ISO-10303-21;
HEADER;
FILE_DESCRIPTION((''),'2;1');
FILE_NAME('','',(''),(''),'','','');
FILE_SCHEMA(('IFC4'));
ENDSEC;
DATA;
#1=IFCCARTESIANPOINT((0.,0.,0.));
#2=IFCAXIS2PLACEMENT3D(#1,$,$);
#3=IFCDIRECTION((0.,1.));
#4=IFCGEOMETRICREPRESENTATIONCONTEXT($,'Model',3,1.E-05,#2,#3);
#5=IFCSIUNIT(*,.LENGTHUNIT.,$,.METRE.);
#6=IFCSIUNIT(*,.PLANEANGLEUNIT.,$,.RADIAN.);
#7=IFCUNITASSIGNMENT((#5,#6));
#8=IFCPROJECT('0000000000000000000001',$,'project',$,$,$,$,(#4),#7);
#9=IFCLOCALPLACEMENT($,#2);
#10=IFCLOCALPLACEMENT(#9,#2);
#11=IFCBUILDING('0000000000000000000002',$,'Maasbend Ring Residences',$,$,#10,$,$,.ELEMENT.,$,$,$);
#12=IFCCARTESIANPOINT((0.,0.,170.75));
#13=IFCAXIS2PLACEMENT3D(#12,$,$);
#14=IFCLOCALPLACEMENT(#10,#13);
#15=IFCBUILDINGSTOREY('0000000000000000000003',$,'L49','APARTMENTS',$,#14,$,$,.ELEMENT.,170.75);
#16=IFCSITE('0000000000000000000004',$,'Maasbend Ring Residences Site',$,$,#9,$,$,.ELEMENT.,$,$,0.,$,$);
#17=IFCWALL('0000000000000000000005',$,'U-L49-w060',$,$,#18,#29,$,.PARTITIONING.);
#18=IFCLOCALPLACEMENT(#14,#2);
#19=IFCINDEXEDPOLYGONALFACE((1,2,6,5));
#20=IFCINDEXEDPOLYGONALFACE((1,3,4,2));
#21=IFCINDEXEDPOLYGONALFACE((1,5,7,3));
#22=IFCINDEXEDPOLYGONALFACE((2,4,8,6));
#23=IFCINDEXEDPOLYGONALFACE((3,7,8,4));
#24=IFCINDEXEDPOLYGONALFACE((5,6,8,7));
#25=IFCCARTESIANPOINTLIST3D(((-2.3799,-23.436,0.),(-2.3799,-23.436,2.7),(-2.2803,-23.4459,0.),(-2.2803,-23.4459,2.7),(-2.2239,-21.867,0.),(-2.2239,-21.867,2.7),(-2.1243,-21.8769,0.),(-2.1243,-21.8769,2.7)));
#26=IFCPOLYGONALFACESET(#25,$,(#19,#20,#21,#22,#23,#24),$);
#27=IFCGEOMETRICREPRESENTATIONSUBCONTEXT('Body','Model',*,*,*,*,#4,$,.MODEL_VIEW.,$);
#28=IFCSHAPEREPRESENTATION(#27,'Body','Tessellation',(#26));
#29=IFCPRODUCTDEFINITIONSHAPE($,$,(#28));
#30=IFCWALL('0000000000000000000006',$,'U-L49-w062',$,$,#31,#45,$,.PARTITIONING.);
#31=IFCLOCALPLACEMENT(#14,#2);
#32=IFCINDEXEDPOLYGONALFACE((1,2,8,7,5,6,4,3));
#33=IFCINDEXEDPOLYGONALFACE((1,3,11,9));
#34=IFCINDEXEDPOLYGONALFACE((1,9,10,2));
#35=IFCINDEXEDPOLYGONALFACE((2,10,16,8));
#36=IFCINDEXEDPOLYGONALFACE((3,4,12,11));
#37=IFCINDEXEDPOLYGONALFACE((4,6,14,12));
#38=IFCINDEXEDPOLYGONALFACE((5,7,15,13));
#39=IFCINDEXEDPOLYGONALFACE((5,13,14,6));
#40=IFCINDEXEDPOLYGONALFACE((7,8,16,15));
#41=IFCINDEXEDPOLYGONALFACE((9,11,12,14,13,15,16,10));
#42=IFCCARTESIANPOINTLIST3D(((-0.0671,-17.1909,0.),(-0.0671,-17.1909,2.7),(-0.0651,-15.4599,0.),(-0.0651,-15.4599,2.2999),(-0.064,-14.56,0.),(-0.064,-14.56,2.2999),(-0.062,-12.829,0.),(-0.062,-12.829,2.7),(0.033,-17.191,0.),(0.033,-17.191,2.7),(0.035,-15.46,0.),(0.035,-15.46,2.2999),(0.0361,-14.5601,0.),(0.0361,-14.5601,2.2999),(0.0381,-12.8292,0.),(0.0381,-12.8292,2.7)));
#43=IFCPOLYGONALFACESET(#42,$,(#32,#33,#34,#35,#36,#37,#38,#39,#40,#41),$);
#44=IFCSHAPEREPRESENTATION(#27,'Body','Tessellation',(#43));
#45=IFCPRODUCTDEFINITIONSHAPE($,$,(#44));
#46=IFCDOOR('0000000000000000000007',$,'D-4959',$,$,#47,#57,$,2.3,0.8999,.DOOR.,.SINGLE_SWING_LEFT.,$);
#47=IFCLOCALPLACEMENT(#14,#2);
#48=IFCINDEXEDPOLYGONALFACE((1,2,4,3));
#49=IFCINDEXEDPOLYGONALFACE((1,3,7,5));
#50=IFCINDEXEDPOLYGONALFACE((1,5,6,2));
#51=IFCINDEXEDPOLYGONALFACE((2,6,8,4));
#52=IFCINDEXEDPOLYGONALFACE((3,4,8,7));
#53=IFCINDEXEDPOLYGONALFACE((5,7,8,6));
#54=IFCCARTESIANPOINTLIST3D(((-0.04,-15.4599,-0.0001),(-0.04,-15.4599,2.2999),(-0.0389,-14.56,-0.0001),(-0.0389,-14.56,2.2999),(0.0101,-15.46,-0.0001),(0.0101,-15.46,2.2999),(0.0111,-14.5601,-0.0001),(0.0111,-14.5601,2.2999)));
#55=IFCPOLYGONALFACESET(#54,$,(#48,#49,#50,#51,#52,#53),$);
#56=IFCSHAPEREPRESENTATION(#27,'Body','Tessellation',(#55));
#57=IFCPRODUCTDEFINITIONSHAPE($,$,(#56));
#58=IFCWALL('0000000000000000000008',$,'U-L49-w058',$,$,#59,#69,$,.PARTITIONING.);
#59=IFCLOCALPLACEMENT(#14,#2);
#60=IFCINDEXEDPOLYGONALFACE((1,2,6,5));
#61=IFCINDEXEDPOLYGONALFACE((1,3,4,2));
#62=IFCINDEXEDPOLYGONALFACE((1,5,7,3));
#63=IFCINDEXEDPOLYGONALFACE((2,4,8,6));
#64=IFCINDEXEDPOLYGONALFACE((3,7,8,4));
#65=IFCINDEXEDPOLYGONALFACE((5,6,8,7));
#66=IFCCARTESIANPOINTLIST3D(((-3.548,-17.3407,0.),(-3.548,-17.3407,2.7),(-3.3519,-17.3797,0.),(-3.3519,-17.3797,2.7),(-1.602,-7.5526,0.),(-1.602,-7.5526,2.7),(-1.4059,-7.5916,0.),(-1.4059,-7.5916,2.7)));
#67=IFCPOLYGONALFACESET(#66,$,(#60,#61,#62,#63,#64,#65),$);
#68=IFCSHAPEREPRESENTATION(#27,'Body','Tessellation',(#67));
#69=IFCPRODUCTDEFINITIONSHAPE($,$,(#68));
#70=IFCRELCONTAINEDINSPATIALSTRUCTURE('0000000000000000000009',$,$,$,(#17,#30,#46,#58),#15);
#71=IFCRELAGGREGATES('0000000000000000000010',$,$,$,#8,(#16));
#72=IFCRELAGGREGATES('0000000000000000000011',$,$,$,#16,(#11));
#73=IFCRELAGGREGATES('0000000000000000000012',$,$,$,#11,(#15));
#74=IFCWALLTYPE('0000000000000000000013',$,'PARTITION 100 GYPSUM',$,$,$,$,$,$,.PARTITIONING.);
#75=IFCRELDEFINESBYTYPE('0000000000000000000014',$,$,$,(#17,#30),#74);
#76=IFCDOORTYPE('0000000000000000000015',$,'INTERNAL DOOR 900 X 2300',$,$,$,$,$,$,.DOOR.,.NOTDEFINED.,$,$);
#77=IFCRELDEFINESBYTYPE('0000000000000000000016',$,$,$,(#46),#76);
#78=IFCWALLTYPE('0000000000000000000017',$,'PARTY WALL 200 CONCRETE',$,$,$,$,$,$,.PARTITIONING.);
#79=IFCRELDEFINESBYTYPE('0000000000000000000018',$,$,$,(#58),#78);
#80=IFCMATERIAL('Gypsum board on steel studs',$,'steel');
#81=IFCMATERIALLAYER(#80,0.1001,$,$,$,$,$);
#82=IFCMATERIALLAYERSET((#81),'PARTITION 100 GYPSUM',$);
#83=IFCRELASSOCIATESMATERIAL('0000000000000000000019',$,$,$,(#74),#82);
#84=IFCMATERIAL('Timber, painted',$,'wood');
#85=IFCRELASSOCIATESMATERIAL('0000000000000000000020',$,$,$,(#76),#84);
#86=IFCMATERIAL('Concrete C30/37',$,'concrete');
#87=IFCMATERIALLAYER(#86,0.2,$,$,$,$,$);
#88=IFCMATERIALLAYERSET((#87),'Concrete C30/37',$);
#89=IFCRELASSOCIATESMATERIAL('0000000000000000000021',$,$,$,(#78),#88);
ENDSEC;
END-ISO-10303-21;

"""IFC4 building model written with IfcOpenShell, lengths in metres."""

from ifc_helpers import new_model, si_unit, direction, frame, frame_2d, origin, place, context, subcontext, project, spatial, rectangle, extrude, material, layer, layer_set, type_object, element, fill, save


model = new_model("IFC4")

# Units and contexts
model_context = context("Model", 3, precision=1e-05, world=origin(), true_north=direction((0.0, 1.0)))
body_context = subcontext(model_context, "Body", "Model", "MODEL_VIEW")
ifc_project = project(units=[si_unit("LENGTHUNIT", "METRE"), si_unit("PLANEANGLEUNIT", "RADIAN")], contexts=[model_context])

# Site, building, storey
site_placement = place(None, origin())
site = spatial("IfcSite", under=ifc_project, at=site_placement, Name="Maasbend Ring Residences Site", CompositionType="ELEMENT", RefElevation=0.0)
building_placement = place(site_placement, origin())
building = spatial("IfcBuilding", under=site, at=building_placement, Name="Maasbend Ring Residences", CompositionType="ELEMENT")
storey_placement = place(building_placement, frame((0.0, 0.0, 170.75)))
storey = spatial("IfcBuildingStorey", under=building, at=storey_placement, Name="L49", Description="APARTMENTS", CompositionType="ELEMENT", Elevation=170.75)

# Shared definitions
ifc_material_1 = material(Name="Gypsum board on steel studs", Category="steel")
ifc_layer_1 = layer(ifc_material_1, 0.1001)
ifc_layer_set_1 = layer_set([ifc_layer_1], Name="PARTITION 100 GYPSUM")
wall_type_1 = type_object("IfcWallType", Name="PARTITION 100 GYPSUM", PredefinedType="PARTITIONING", material=ifc_layer_set_1)
ifc_material_2 = material(Name="Timber, painted", Category="wood")
door_type_1 = type_object("IfcDoorType", Name="INTERNAL DOOR 900 X 2300", OperationType="NOTDEFINED", PredefinedType="DOOR", material=ifc_material_2)

# Wall
wall_1_placement = place(storey_placement, frame((-2.3301, -23.4409, 0.0), z_axis=(0.0, 0.0, 1.0), x_axis=(0.098952, 0.995092, 0.0)))
element("IfcWall", 1, at=wall_1_placement, inside=storey, type_object=wall_type_1, Name="U-L49-w060", PredefinedType="PARTITIONING", context=body_context, shape_type="SweptSolid", body=[
    extrude(rectangle(XDim=1.5767, YDim=0.1001, at=frame_2d((0.7883, 0.0))), origin(), (0.0, 0.0, 1.0), 2.7),
])

# Wall, opening, door
wall_2_placement = place(storey_placement, frame((-0.0171, -17.1909, 0.0), z_axis=(0.0, 0.0, 1.0), x_axis=(0.001175, 0.999999, 0.0)))
wall_2 = element("IfcWall", 2, at=wall_2_placement, inside=storey, type_object=wall_type_1, Name="U-L49-w062", PredefinedType="PARTITIONING", context=body_context, shape_type="SweptSolid", body=[
    extrude(rectangle(XDim=4.3618, YDim=0.1001, at=frame_2d((2.1809, 0.0))), origin(), (0.0, 0.0, 1.0), 2.7),
])
opening_1_placement = place(wall_2_placement, frame((1.731, 0.0, 0.0)))
opening_1 = element("IfcOpeningElement", 3, at=opening_1_placement, cuts=wall_2, PredefinedType="OPENING", context=body_context, shape_type="SweptSolid", body=[
    extrude(rectangle(XDim=0.8999, YDim=2.3, at=frame_2d((0.45, 1.1499))), frame((0.0, 0.0601, 0.0), z_axis=(0.0, -1.0, 0.0), x_axis=(1.0, 0.0, 0.0)), (0.0, 0.0, 1.0), 0.1201),
])
door_1_placement = place(opening_1_placement, origin())
door_1 = element("IfcDoor", 4, at=door_1_placement, inside=storey, type_object=door_type_1, Name="D-4959", OperationType="SINGLE_SWING_LEFT", OverallHeight=2.3, OverallWidth=0.8999, PredefinedType="DOOR", context=body_context, shape_type="SweptSolid", body=[
    extrude(rectangle(XDim=0.8999, YDim=2.3, at=frame_2d((0.45, 1.1499))), frame((0.0, 0.0249, 0.0), z_axis=(0.0, -1.0, 0.0), x_axis=(1.0, 0.0, 0.0)), (0.0, 0.0, 1.0), 0.05),
])
fill(opening_1, door_1)

# Wall
ifc_material_3 = material(Name="Concrete C30/37", Category="concrete")
ifc_layer_2 = layer(ifc_material_3, 0.2)
ifc_layer_set_2 = layer_set([ifc_layer_2], Name="Concrete C30/37")
wall_type_2 = type_object("IfcWallType", Name="PARTY WALL 200 CONCRETE", PredefinedType="PARTITIONING", material=ifc_layer_set_2)
wall_3_placement = place(storey_placement, frame((-3.45, -17.3601, 0.0), z_axis=(0.0, 0.0, 1.0), x_axis=(0.195001, 0.980803, 0.0)))
element("IfcWall", 5, at=wall_3_placement, inside=storey, type_object=wall_type_2, Name="U-L49-w058", PredefinedType="PARTITIONING", context=body_context, shape_type="SweptSolid", body=[
    extrude(rectangle(XDim=9.9797, YDim=0.2, at=frame_2d((4.9897, 0.0))), origin(), (0.0, 0.0, 1.0), 2.7),
])

save(model, "model.ifc")
